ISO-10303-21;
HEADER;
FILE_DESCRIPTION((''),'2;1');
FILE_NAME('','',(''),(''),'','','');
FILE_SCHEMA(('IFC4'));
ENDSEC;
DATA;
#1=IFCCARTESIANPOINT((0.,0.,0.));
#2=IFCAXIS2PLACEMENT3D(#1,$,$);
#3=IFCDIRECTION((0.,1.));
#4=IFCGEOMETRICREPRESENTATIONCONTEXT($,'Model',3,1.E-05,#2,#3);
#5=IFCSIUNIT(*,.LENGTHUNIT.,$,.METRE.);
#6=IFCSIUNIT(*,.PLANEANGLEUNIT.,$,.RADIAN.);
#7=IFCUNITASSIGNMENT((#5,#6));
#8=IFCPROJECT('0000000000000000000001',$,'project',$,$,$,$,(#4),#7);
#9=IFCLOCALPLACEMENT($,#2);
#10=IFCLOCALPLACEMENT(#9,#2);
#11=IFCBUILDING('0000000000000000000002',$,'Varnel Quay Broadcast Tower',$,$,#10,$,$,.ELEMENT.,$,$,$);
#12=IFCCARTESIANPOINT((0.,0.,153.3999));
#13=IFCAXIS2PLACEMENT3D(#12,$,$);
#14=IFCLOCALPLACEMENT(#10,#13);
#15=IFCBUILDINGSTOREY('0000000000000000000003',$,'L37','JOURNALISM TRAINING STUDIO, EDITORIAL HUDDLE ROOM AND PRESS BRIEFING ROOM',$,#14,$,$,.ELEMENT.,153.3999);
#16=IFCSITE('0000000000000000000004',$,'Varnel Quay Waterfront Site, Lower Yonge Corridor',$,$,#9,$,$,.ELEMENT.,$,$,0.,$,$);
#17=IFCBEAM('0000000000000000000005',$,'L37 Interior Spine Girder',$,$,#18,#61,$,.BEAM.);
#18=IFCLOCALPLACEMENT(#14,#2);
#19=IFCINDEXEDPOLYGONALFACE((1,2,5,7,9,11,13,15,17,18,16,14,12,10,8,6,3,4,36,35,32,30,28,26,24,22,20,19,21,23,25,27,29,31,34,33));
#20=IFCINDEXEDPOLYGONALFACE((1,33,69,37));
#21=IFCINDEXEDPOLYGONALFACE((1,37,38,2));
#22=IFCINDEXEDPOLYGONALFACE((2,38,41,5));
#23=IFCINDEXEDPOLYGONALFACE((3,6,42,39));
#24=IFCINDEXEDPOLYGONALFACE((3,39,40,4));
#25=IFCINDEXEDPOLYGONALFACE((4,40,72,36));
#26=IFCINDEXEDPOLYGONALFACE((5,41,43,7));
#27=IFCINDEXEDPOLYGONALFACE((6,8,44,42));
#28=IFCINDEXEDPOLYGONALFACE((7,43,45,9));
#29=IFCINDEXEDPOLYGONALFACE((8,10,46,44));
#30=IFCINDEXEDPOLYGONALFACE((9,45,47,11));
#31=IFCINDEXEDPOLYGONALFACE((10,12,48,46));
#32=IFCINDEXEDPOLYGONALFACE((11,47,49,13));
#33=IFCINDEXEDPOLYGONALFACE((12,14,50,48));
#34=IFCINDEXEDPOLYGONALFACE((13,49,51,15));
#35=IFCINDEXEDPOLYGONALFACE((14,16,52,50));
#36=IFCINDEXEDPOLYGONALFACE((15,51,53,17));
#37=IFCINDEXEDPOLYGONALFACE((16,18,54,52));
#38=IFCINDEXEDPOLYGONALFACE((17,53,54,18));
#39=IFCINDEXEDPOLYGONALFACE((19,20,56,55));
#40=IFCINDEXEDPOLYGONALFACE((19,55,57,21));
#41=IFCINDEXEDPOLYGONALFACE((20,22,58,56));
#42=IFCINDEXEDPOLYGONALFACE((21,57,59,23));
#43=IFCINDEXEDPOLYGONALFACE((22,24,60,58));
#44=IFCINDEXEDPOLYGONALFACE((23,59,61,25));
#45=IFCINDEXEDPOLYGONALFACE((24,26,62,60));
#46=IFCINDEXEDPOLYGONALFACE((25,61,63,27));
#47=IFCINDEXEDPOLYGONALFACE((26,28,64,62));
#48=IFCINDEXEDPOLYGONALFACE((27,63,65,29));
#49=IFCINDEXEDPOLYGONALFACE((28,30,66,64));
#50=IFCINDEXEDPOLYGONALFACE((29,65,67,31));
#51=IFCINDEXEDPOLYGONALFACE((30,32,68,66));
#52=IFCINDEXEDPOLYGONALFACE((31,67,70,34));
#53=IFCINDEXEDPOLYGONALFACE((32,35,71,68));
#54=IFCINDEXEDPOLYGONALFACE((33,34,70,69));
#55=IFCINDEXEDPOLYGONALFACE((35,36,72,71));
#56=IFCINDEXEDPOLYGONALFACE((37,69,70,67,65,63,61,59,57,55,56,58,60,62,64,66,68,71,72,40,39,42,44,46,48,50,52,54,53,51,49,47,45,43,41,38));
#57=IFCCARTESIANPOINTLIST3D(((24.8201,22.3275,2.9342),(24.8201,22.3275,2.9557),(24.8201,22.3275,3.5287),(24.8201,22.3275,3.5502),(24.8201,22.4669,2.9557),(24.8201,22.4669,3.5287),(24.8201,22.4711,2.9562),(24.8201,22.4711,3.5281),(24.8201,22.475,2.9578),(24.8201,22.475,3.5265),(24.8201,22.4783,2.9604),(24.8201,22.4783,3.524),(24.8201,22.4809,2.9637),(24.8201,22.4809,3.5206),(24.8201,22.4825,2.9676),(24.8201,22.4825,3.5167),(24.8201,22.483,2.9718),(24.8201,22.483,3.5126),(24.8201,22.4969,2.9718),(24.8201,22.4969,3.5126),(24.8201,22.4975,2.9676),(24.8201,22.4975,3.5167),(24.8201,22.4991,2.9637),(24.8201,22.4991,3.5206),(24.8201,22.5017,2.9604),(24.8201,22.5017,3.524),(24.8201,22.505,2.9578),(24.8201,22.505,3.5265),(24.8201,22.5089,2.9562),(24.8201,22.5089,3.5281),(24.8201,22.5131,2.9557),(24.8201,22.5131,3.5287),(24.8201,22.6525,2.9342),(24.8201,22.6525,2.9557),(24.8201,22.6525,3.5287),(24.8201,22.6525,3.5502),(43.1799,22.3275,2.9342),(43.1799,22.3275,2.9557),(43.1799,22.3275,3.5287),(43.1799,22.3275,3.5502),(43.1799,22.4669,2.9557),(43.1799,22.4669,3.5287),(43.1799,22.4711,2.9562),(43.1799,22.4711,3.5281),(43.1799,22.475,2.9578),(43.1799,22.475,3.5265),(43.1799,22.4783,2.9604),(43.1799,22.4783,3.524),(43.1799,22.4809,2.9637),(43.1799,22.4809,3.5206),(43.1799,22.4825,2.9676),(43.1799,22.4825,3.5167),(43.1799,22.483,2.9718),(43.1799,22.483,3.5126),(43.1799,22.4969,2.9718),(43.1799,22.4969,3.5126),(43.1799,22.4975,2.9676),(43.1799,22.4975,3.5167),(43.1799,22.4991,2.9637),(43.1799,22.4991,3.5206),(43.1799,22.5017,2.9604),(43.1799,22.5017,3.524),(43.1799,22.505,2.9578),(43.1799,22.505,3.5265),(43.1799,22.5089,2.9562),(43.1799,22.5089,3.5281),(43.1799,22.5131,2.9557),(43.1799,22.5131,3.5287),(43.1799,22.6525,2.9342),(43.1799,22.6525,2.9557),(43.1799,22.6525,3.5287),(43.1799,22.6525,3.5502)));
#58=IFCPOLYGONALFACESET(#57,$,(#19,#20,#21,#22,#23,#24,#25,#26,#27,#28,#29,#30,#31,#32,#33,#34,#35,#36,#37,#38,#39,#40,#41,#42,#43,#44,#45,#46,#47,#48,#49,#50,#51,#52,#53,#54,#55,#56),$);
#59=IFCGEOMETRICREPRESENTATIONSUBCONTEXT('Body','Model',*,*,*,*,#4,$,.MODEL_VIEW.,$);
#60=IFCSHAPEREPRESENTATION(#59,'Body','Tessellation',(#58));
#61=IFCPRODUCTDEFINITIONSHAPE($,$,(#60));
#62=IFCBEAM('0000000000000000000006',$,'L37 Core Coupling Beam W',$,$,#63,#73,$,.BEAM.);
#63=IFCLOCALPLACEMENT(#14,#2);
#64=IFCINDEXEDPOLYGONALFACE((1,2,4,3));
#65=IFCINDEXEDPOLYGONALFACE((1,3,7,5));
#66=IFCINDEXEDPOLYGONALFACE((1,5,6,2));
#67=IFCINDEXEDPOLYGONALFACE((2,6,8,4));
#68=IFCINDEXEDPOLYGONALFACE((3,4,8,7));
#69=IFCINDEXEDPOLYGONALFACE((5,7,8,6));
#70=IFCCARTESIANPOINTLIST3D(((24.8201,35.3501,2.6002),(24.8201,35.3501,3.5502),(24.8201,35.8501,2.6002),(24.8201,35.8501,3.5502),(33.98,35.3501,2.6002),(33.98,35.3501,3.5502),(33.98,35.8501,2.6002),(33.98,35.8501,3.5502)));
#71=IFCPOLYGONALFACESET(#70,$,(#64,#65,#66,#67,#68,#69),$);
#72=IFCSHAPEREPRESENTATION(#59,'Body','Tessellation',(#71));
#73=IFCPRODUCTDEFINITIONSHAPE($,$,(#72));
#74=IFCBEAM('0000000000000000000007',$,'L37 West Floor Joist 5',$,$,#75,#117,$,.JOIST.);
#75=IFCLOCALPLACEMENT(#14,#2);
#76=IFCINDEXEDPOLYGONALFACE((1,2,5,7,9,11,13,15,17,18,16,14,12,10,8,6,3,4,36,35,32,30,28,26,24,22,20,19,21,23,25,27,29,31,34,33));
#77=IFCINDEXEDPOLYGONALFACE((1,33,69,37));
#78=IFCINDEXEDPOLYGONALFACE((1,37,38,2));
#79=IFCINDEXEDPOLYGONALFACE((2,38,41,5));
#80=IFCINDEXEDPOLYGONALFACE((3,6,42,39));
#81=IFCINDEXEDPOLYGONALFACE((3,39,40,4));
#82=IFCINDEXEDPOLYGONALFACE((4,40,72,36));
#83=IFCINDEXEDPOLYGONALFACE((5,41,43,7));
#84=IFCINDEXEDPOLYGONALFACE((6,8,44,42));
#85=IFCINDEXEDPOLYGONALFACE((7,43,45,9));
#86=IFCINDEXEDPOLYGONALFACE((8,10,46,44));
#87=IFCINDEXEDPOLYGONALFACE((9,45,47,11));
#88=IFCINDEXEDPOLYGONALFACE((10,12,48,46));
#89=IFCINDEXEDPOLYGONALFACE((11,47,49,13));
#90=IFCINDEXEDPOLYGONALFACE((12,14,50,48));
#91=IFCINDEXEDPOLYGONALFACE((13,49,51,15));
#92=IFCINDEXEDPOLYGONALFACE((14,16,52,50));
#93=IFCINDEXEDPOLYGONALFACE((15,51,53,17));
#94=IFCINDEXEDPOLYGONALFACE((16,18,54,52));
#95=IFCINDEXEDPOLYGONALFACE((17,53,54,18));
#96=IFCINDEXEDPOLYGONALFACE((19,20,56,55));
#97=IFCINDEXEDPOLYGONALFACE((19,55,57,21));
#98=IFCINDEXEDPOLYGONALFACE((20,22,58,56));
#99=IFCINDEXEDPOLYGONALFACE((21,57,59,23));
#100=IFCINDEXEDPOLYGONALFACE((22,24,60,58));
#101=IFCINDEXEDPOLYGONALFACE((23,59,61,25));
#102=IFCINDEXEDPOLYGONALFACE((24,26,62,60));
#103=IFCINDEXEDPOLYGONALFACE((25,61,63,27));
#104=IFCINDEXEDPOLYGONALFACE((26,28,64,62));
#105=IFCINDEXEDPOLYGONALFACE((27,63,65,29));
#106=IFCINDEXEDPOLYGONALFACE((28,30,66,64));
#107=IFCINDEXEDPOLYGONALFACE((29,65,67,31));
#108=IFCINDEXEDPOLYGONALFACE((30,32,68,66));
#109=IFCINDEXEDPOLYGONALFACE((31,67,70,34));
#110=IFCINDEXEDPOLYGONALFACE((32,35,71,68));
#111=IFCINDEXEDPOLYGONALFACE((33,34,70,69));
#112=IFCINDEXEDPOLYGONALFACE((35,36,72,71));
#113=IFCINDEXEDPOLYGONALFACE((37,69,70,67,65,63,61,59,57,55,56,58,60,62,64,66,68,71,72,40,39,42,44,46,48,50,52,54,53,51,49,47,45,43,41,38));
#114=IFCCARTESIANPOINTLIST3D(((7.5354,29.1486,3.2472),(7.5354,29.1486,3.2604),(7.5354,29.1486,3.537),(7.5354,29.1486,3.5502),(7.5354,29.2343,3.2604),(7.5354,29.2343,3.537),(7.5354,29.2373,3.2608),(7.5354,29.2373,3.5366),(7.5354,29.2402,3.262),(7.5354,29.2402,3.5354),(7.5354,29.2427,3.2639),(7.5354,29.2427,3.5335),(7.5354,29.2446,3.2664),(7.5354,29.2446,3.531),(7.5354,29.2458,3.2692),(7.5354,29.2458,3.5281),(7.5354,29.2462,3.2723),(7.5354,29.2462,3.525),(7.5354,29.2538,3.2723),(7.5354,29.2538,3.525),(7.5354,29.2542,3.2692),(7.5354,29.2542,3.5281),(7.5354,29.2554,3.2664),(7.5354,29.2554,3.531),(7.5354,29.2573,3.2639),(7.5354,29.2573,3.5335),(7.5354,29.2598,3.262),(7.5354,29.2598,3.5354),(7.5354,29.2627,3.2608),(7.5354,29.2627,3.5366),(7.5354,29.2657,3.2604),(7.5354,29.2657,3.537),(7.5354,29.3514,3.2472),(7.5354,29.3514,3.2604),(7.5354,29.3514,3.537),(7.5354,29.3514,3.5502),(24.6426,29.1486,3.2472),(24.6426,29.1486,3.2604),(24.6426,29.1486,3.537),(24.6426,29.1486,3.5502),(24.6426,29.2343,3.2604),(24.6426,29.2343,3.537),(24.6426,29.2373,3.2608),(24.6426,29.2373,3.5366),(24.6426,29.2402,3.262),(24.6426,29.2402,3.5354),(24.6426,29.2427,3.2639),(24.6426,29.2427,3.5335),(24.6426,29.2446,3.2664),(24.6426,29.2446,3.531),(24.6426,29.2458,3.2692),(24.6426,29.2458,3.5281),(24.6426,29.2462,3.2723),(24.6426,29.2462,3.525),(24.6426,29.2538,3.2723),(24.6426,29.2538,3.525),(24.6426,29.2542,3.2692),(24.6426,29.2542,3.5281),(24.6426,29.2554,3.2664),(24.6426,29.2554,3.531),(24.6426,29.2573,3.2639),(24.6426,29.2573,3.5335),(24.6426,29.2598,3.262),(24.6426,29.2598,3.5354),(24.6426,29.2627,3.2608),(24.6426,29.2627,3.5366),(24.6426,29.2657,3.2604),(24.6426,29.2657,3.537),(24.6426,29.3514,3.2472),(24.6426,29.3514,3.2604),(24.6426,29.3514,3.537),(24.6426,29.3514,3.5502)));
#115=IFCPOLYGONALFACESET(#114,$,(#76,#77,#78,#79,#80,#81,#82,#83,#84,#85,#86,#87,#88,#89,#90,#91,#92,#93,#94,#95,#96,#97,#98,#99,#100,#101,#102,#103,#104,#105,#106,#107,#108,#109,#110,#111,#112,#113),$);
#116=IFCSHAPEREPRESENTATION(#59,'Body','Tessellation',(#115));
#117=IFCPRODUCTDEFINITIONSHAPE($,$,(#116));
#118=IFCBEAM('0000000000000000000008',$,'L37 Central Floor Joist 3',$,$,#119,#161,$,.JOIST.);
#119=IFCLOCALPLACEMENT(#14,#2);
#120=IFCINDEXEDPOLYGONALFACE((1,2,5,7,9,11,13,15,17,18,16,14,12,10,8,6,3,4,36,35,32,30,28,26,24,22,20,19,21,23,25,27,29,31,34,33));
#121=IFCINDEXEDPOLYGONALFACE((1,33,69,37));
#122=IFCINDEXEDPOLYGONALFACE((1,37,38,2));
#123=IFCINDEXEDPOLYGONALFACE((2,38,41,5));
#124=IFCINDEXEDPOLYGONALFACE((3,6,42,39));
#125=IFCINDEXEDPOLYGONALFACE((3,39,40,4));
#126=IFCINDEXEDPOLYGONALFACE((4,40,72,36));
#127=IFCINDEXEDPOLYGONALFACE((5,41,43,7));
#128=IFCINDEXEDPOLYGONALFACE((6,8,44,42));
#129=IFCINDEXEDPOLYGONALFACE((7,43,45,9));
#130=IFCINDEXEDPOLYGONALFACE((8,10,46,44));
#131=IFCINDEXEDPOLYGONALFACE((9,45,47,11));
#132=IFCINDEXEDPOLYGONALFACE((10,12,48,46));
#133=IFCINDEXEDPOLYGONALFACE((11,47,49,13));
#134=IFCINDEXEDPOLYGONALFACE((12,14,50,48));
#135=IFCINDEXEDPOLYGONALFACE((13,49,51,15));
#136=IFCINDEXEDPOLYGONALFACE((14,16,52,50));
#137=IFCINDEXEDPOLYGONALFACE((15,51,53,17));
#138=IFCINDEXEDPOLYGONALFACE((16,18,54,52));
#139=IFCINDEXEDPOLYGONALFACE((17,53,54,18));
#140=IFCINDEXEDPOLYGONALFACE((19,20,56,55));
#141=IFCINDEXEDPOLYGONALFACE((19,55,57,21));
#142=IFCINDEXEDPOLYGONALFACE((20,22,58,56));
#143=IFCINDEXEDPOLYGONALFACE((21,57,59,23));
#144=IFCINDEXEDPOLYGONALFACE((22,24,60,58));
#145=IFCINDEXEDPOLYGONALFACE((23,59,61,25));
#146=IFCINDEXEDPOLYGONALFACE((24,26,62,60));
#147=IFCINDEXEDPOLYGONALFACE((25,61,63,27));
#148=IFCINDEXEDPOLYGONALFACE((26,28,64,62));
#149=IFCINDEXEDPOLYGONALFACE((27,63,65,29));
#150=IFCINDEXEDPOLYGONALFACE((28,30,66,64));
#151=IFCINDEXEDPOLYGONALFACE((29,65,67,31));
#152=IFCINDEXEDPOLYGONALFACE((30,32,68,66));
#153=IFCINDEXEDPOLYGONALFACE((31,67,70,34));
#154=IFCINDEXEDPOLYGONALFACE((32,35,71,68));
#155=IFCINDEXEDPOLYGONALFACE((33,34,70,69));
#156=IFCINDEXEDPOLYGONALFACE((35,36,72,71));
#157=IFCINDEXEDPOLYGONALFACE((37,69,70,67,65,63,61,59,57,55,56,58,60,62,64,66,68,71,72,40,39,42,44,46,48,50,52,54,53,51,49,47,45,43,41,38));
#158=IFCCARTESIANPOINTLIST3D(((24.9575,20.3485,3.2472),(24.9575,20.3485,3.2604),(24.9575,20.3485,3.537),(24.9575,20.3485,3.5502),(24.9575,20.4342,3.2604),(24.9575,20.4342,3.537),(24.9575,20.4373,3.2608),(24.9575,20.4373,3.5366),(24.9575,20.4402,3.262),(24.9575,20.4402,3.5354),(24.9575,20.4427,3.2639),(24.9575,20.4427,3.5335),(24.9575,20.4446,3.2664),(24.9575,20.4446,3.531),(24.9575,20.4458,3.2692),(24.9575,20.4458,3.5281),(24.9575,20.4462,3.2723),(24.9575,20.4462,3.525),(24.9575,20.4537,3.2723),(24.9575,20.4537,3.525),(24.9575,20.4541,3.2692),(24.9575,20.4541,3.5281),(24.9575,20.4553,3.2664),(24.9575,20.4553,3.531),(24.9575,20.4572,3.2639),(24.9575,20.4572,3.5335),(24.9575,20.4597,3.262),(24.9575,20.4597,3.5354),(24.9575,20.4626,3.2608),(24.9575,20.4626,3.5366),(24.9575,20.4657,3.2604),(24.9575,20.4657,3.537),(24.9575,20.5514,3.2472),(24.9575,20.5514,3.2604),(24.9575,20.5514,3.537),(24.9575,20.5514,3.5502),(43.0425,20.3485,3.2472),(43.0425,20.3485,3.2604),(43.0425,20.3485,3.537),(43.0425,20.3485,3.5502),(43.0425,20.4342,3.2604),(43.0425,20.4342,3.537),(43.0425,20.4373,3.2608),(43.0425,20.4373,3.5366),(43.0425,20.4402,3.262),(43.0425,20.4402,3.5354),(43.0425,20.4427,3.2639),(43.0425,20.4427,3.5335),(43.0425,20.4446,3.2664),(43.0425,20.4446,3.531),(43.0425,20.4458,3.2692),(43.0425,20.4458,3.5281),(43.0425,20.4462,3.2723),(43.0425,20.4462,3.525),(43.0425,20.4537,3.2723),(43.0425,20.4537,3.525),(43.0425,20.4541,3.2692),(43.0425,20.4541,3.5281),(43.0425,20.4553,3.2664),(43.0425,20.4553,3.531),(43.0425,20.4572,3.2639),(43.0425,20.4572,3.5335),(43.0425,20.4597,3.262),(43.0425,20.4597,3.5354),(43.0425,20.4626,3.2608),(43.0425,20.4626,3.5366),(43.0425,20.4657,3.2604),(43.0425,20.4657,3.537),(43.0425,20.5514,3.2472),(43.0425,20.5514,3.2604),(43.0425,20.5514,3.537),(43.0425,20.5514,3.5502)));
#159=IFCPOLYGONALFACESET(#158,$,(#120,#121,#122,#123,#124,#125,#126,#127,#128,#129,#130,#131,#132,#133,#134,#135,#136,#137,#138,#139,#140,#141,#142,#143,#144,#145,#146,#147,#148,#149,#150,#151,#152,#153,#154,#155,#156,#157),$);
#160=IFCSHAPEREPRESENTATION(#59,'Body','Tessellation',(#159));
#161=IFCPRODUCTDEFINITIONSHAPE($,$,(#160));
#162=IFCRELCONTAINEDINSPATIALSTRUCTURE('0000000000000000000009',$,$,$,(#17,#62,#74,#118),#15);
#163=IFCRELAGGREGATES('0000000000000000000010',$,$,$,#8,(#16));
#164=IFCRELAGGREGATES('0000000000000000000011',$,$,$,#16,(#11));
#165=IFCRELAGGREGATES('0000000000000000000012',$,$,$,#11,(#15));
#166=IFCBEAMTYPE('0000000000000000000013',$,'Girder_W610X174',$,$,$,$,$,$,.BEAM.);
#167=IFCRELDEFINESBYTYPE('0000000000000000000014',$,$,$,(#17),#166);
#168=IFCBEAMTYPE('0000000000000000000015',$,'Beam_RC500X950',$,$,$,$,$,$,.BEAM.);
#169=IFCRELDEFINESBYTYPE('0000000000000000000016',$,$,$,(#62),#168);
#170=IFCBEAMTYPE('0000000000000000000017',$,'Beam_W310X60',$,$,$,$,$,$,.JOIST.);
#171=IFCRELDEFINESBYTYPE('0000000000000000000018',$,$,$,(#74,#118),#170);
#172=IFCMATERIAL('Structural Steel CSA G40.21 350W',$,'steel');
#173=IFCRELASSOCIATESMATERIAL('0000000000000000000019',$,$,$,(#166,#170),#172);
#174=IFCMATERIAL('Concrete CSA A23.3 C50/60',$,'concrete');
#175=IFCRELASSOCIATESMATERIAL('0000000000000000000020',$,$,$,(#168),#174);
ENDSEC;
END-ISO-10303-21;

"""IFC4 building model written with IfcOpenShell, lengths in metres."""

from ifc_helpers import new_model, si_unit, direction, frame, origin, origin_2d, place, context, subcontext, project, spatial, rectangle, i_section, extrude, source, transform, mapped, material, material_profile, profile_set, type_object, type_shapes, element, save


model = new_model("IFC4")

# Units and contexts
model_context = context("Model", 3, precision=1e-05, world=origin(), true_north=direction((0.0, 1.0)))
body_context = subcontext(model_context, "Body", "Model", "MODEL_VIEW")
ifc_project = project(units=[si_unit("LENGTHUNIT", "METRE"), si_unit("PLANEANGLEUNIT", "RADIAN")], contexts=[model_context])

# Site, building, storey
site_placement = place(None, origin())
site = spatial("IfcSite", under=ifc_project, at=site_placement, Name="Varnel Quay Waterfront Site, Lower Yonge Corridor", CompositionType="ELEMENT", RefElevation=0.0)
building_placement = place(site_placement, origin())
building = spatial("IfcBuilding", under=site, at=building_placement, Name="Varnel Quay Broadcast Tower", CompositionType="ELEMENT")
storey_placement = place(building_placement, frame((0.0, 0.0, 153.3999)))
storey = spatial("IfcBuildingStorey", under=building, at=storey_placement, Name="L37", Description="JOURNALISM TRAINING STUDIO, EDITORIAL HUDDLE ROOM AND PRESS BRIEFING ROOM", CompositionType="ELEMENT", Elevation=153.3999)

# Shared definitions
ifc_material_1 = material(Name="Concrete CSA A23.3 C50/60", Category="concrete")

# Beams
ifc_material_2 = material(Name="Structural Steel CSA G40.21 350W", Category="steel")
ifc_material_profile_1 = material_profile(ifc_material_2, i_section(OverallWidth=0.325, OverallDepth=0.616, WebThickness=0.0139, FlangeThickness=0.0215, FilletRadius=0.0161, at=origin_2d()), Name="W610X174")
ifc_profile_set_1 = profile_set([ifc_material_profile_1], Name="Structural Steel CSA G40.21 350W")
beam_type_1 = type_object("IfcBeamType", Name="Girder_W610X174", PredefinedType="BEAM", material=ifc_profile_set_1)
shared_shape_1 = source(origin(), body_context, "Body", "SweptSolid", [
    extrude(i_section(OverallWidth=0.325, OverallDepth=0.616, WebThickness=0.0139, FlangeThickness=0.0215, FilletRadius=0.0161, at=origin_2d()), origin(), (0.0, 0.0, 1.0), 18.3599),
])
beam_1_placement = place(storey_placement, frame((24.8201, 22.49, 3.2422), z_axis=(1.0, 0.0, 0.0), x_axis=(0.0, 1.0, 0.0)))
element("IfcBeam", 1, at=beam_1_placement, inside=storey, type_object=beam_type_1, Name="L37 Interior Spine Girder", PredefinedType="BEAM", context=body_context, shape_type="MappedRepresentation", body=[
    mapped(shared_shape_1, transform((0.0, 0.0, 0.0), x_axis=(1.0, 0.0, 0.0), y_axis=(0.0, 1.0, 0.0), z_axis=(0.0, 0.0, 1.0), scale=1.0)),
])
ifc_material_profile_2 = material_profile(ifc_material_1, rectangle(XDim=0.5, YDim=0.95, at=origin_2d()), Name="RC500X950")
ifc_profile_set_2 = profile_set([ifc_material_profile_2], Name="Concrete CSA A23.3 C50/60")
beam_type_2 = type_object("IfcBeamType", Name="Beam_RC500X950", PredefinedType="BEAM", material=ifc_profile_set_2)
shared_shape_2 = source(origin(), body_context, "Body", "SweptSolid", [
    extrude(rectangle(XDim=0.5, YDim=0.95, at=origin_2d()), origin(), (0.0, 0.0, 1.0), 9.1599),
])
type_shapes(beam_type_2, [shared_shape_2])
beam_2_placement = place(storey_placement, frame((24.8201, 35.6001, 3.0752), z_axis=(1.0, 0.0, 0.0), x_axis=(0.0, 1.0, 0.0)))
element("IfcBeam", 2, at=beam_2_placement, inside=storey, type_object=beam_type_2, Name="L37 Core Coupling Beam W", PredefinedType="BEAM", context=body_context, shape_type="MappedRepresentation", body=[
    mapped(shared_shape_2, transform((0.0, 0.0, 0.0), x_axis=(1.0, 0.0, 0.0), y_axis=(0.0, 1.0, 0.0), z_axis=(0.0, 0.0, 1.0), scale=1.0)),
])
ifc_material_profile_3 = material_profile(ifc_material_2, i_section(OverallWidth=0.2029, OverallDepth=0.303, WebThickness=0.0076, FlangeThickness=0.0132, FilletRadius=0.012, at=origin_2d()), Name="W310X60")
ifc_profile_set_3 = profile_set([ifc_material_profile_3], Name="Structural Steel CSA G40.21 350W")
beam_type_3 = type_object("IfcBeamType", Name="Beam_W310X60", PredefinedType="JOIST", material=ifc_profile_set_3)
shared_shape_3 = source(origin(), body_context, "Body", "SweptSolid", [
    extrude(i_section(OverallWidth=0.2029, OverallDepth=0.303, WebThickness=0.0076, FlangeThickness=0.0132, FilletRadius=0.012, at=origin_2d()), origin(), (0.0, 0.0, 1.0), 17.1072),
])
beam_3_placement = place(storey_placement, frame((7.5354, 29.25, 3.3987), z_axis=(1.0, 0.0, 0.0), x_axis=(0.0, 1.0, 0.0)))
element("IfcBeam", 3, at=beam_3_placement, inside=storey, type_object=beam_type_3, Name="L37 West Floor Joist 5", PredefinedType="JOIST", context=body_context, shape_type="MappedRepresentation", body=[
    mapped(shared_shape_3, transform((0.0, 0.0, 0.0), x_axis=(1.0, 0.0, 0.0), y_axis=(0.0, 1.0, 0.0), z_axis=(0.0, 0.0, 1.0), scale=1.0)),
])
shared_shape_4 = source(origin(), body_context, "Body", "SweptSolid", [
    extrude(i_section(OverallWidth=0.2029, OverallDepth=0.303, WebThickness=0.0076, FlangeThickness=0.0132, FilletRadius=0.012, at=origin_2d()), origin(), (0.0, 0.0, 1.0), 18.085),
])
type_shapes(beam_type_3, [shared_shape_3, shared_shape_4])
beam_4_placement = place(storey_placement, frame((24.9575, 20.45, 3.3987), z_axis=(1.0, 0.0, 0.0), x_axis=(0.0, 1.0, 0.0)))
element("IfcBeam", 4, at=beam_4_placement, inside=storey, type_object=beam_type_3, Name="L37 Central Floor Joist 3", PredefinedType="JOIST", context=body_context, shape_type="MappedRepresentation", body=[
    mapped(shared_shape_4, transform((0.0, 0.0, 0.0), x_axis=(1.0, 0.0, 0.0), y_axis=(0.0, 1.0, 0.0), z_axis=(0.0, 0.0, 1.0), scale=1.0)),
])

save(model, "model.ifc")
